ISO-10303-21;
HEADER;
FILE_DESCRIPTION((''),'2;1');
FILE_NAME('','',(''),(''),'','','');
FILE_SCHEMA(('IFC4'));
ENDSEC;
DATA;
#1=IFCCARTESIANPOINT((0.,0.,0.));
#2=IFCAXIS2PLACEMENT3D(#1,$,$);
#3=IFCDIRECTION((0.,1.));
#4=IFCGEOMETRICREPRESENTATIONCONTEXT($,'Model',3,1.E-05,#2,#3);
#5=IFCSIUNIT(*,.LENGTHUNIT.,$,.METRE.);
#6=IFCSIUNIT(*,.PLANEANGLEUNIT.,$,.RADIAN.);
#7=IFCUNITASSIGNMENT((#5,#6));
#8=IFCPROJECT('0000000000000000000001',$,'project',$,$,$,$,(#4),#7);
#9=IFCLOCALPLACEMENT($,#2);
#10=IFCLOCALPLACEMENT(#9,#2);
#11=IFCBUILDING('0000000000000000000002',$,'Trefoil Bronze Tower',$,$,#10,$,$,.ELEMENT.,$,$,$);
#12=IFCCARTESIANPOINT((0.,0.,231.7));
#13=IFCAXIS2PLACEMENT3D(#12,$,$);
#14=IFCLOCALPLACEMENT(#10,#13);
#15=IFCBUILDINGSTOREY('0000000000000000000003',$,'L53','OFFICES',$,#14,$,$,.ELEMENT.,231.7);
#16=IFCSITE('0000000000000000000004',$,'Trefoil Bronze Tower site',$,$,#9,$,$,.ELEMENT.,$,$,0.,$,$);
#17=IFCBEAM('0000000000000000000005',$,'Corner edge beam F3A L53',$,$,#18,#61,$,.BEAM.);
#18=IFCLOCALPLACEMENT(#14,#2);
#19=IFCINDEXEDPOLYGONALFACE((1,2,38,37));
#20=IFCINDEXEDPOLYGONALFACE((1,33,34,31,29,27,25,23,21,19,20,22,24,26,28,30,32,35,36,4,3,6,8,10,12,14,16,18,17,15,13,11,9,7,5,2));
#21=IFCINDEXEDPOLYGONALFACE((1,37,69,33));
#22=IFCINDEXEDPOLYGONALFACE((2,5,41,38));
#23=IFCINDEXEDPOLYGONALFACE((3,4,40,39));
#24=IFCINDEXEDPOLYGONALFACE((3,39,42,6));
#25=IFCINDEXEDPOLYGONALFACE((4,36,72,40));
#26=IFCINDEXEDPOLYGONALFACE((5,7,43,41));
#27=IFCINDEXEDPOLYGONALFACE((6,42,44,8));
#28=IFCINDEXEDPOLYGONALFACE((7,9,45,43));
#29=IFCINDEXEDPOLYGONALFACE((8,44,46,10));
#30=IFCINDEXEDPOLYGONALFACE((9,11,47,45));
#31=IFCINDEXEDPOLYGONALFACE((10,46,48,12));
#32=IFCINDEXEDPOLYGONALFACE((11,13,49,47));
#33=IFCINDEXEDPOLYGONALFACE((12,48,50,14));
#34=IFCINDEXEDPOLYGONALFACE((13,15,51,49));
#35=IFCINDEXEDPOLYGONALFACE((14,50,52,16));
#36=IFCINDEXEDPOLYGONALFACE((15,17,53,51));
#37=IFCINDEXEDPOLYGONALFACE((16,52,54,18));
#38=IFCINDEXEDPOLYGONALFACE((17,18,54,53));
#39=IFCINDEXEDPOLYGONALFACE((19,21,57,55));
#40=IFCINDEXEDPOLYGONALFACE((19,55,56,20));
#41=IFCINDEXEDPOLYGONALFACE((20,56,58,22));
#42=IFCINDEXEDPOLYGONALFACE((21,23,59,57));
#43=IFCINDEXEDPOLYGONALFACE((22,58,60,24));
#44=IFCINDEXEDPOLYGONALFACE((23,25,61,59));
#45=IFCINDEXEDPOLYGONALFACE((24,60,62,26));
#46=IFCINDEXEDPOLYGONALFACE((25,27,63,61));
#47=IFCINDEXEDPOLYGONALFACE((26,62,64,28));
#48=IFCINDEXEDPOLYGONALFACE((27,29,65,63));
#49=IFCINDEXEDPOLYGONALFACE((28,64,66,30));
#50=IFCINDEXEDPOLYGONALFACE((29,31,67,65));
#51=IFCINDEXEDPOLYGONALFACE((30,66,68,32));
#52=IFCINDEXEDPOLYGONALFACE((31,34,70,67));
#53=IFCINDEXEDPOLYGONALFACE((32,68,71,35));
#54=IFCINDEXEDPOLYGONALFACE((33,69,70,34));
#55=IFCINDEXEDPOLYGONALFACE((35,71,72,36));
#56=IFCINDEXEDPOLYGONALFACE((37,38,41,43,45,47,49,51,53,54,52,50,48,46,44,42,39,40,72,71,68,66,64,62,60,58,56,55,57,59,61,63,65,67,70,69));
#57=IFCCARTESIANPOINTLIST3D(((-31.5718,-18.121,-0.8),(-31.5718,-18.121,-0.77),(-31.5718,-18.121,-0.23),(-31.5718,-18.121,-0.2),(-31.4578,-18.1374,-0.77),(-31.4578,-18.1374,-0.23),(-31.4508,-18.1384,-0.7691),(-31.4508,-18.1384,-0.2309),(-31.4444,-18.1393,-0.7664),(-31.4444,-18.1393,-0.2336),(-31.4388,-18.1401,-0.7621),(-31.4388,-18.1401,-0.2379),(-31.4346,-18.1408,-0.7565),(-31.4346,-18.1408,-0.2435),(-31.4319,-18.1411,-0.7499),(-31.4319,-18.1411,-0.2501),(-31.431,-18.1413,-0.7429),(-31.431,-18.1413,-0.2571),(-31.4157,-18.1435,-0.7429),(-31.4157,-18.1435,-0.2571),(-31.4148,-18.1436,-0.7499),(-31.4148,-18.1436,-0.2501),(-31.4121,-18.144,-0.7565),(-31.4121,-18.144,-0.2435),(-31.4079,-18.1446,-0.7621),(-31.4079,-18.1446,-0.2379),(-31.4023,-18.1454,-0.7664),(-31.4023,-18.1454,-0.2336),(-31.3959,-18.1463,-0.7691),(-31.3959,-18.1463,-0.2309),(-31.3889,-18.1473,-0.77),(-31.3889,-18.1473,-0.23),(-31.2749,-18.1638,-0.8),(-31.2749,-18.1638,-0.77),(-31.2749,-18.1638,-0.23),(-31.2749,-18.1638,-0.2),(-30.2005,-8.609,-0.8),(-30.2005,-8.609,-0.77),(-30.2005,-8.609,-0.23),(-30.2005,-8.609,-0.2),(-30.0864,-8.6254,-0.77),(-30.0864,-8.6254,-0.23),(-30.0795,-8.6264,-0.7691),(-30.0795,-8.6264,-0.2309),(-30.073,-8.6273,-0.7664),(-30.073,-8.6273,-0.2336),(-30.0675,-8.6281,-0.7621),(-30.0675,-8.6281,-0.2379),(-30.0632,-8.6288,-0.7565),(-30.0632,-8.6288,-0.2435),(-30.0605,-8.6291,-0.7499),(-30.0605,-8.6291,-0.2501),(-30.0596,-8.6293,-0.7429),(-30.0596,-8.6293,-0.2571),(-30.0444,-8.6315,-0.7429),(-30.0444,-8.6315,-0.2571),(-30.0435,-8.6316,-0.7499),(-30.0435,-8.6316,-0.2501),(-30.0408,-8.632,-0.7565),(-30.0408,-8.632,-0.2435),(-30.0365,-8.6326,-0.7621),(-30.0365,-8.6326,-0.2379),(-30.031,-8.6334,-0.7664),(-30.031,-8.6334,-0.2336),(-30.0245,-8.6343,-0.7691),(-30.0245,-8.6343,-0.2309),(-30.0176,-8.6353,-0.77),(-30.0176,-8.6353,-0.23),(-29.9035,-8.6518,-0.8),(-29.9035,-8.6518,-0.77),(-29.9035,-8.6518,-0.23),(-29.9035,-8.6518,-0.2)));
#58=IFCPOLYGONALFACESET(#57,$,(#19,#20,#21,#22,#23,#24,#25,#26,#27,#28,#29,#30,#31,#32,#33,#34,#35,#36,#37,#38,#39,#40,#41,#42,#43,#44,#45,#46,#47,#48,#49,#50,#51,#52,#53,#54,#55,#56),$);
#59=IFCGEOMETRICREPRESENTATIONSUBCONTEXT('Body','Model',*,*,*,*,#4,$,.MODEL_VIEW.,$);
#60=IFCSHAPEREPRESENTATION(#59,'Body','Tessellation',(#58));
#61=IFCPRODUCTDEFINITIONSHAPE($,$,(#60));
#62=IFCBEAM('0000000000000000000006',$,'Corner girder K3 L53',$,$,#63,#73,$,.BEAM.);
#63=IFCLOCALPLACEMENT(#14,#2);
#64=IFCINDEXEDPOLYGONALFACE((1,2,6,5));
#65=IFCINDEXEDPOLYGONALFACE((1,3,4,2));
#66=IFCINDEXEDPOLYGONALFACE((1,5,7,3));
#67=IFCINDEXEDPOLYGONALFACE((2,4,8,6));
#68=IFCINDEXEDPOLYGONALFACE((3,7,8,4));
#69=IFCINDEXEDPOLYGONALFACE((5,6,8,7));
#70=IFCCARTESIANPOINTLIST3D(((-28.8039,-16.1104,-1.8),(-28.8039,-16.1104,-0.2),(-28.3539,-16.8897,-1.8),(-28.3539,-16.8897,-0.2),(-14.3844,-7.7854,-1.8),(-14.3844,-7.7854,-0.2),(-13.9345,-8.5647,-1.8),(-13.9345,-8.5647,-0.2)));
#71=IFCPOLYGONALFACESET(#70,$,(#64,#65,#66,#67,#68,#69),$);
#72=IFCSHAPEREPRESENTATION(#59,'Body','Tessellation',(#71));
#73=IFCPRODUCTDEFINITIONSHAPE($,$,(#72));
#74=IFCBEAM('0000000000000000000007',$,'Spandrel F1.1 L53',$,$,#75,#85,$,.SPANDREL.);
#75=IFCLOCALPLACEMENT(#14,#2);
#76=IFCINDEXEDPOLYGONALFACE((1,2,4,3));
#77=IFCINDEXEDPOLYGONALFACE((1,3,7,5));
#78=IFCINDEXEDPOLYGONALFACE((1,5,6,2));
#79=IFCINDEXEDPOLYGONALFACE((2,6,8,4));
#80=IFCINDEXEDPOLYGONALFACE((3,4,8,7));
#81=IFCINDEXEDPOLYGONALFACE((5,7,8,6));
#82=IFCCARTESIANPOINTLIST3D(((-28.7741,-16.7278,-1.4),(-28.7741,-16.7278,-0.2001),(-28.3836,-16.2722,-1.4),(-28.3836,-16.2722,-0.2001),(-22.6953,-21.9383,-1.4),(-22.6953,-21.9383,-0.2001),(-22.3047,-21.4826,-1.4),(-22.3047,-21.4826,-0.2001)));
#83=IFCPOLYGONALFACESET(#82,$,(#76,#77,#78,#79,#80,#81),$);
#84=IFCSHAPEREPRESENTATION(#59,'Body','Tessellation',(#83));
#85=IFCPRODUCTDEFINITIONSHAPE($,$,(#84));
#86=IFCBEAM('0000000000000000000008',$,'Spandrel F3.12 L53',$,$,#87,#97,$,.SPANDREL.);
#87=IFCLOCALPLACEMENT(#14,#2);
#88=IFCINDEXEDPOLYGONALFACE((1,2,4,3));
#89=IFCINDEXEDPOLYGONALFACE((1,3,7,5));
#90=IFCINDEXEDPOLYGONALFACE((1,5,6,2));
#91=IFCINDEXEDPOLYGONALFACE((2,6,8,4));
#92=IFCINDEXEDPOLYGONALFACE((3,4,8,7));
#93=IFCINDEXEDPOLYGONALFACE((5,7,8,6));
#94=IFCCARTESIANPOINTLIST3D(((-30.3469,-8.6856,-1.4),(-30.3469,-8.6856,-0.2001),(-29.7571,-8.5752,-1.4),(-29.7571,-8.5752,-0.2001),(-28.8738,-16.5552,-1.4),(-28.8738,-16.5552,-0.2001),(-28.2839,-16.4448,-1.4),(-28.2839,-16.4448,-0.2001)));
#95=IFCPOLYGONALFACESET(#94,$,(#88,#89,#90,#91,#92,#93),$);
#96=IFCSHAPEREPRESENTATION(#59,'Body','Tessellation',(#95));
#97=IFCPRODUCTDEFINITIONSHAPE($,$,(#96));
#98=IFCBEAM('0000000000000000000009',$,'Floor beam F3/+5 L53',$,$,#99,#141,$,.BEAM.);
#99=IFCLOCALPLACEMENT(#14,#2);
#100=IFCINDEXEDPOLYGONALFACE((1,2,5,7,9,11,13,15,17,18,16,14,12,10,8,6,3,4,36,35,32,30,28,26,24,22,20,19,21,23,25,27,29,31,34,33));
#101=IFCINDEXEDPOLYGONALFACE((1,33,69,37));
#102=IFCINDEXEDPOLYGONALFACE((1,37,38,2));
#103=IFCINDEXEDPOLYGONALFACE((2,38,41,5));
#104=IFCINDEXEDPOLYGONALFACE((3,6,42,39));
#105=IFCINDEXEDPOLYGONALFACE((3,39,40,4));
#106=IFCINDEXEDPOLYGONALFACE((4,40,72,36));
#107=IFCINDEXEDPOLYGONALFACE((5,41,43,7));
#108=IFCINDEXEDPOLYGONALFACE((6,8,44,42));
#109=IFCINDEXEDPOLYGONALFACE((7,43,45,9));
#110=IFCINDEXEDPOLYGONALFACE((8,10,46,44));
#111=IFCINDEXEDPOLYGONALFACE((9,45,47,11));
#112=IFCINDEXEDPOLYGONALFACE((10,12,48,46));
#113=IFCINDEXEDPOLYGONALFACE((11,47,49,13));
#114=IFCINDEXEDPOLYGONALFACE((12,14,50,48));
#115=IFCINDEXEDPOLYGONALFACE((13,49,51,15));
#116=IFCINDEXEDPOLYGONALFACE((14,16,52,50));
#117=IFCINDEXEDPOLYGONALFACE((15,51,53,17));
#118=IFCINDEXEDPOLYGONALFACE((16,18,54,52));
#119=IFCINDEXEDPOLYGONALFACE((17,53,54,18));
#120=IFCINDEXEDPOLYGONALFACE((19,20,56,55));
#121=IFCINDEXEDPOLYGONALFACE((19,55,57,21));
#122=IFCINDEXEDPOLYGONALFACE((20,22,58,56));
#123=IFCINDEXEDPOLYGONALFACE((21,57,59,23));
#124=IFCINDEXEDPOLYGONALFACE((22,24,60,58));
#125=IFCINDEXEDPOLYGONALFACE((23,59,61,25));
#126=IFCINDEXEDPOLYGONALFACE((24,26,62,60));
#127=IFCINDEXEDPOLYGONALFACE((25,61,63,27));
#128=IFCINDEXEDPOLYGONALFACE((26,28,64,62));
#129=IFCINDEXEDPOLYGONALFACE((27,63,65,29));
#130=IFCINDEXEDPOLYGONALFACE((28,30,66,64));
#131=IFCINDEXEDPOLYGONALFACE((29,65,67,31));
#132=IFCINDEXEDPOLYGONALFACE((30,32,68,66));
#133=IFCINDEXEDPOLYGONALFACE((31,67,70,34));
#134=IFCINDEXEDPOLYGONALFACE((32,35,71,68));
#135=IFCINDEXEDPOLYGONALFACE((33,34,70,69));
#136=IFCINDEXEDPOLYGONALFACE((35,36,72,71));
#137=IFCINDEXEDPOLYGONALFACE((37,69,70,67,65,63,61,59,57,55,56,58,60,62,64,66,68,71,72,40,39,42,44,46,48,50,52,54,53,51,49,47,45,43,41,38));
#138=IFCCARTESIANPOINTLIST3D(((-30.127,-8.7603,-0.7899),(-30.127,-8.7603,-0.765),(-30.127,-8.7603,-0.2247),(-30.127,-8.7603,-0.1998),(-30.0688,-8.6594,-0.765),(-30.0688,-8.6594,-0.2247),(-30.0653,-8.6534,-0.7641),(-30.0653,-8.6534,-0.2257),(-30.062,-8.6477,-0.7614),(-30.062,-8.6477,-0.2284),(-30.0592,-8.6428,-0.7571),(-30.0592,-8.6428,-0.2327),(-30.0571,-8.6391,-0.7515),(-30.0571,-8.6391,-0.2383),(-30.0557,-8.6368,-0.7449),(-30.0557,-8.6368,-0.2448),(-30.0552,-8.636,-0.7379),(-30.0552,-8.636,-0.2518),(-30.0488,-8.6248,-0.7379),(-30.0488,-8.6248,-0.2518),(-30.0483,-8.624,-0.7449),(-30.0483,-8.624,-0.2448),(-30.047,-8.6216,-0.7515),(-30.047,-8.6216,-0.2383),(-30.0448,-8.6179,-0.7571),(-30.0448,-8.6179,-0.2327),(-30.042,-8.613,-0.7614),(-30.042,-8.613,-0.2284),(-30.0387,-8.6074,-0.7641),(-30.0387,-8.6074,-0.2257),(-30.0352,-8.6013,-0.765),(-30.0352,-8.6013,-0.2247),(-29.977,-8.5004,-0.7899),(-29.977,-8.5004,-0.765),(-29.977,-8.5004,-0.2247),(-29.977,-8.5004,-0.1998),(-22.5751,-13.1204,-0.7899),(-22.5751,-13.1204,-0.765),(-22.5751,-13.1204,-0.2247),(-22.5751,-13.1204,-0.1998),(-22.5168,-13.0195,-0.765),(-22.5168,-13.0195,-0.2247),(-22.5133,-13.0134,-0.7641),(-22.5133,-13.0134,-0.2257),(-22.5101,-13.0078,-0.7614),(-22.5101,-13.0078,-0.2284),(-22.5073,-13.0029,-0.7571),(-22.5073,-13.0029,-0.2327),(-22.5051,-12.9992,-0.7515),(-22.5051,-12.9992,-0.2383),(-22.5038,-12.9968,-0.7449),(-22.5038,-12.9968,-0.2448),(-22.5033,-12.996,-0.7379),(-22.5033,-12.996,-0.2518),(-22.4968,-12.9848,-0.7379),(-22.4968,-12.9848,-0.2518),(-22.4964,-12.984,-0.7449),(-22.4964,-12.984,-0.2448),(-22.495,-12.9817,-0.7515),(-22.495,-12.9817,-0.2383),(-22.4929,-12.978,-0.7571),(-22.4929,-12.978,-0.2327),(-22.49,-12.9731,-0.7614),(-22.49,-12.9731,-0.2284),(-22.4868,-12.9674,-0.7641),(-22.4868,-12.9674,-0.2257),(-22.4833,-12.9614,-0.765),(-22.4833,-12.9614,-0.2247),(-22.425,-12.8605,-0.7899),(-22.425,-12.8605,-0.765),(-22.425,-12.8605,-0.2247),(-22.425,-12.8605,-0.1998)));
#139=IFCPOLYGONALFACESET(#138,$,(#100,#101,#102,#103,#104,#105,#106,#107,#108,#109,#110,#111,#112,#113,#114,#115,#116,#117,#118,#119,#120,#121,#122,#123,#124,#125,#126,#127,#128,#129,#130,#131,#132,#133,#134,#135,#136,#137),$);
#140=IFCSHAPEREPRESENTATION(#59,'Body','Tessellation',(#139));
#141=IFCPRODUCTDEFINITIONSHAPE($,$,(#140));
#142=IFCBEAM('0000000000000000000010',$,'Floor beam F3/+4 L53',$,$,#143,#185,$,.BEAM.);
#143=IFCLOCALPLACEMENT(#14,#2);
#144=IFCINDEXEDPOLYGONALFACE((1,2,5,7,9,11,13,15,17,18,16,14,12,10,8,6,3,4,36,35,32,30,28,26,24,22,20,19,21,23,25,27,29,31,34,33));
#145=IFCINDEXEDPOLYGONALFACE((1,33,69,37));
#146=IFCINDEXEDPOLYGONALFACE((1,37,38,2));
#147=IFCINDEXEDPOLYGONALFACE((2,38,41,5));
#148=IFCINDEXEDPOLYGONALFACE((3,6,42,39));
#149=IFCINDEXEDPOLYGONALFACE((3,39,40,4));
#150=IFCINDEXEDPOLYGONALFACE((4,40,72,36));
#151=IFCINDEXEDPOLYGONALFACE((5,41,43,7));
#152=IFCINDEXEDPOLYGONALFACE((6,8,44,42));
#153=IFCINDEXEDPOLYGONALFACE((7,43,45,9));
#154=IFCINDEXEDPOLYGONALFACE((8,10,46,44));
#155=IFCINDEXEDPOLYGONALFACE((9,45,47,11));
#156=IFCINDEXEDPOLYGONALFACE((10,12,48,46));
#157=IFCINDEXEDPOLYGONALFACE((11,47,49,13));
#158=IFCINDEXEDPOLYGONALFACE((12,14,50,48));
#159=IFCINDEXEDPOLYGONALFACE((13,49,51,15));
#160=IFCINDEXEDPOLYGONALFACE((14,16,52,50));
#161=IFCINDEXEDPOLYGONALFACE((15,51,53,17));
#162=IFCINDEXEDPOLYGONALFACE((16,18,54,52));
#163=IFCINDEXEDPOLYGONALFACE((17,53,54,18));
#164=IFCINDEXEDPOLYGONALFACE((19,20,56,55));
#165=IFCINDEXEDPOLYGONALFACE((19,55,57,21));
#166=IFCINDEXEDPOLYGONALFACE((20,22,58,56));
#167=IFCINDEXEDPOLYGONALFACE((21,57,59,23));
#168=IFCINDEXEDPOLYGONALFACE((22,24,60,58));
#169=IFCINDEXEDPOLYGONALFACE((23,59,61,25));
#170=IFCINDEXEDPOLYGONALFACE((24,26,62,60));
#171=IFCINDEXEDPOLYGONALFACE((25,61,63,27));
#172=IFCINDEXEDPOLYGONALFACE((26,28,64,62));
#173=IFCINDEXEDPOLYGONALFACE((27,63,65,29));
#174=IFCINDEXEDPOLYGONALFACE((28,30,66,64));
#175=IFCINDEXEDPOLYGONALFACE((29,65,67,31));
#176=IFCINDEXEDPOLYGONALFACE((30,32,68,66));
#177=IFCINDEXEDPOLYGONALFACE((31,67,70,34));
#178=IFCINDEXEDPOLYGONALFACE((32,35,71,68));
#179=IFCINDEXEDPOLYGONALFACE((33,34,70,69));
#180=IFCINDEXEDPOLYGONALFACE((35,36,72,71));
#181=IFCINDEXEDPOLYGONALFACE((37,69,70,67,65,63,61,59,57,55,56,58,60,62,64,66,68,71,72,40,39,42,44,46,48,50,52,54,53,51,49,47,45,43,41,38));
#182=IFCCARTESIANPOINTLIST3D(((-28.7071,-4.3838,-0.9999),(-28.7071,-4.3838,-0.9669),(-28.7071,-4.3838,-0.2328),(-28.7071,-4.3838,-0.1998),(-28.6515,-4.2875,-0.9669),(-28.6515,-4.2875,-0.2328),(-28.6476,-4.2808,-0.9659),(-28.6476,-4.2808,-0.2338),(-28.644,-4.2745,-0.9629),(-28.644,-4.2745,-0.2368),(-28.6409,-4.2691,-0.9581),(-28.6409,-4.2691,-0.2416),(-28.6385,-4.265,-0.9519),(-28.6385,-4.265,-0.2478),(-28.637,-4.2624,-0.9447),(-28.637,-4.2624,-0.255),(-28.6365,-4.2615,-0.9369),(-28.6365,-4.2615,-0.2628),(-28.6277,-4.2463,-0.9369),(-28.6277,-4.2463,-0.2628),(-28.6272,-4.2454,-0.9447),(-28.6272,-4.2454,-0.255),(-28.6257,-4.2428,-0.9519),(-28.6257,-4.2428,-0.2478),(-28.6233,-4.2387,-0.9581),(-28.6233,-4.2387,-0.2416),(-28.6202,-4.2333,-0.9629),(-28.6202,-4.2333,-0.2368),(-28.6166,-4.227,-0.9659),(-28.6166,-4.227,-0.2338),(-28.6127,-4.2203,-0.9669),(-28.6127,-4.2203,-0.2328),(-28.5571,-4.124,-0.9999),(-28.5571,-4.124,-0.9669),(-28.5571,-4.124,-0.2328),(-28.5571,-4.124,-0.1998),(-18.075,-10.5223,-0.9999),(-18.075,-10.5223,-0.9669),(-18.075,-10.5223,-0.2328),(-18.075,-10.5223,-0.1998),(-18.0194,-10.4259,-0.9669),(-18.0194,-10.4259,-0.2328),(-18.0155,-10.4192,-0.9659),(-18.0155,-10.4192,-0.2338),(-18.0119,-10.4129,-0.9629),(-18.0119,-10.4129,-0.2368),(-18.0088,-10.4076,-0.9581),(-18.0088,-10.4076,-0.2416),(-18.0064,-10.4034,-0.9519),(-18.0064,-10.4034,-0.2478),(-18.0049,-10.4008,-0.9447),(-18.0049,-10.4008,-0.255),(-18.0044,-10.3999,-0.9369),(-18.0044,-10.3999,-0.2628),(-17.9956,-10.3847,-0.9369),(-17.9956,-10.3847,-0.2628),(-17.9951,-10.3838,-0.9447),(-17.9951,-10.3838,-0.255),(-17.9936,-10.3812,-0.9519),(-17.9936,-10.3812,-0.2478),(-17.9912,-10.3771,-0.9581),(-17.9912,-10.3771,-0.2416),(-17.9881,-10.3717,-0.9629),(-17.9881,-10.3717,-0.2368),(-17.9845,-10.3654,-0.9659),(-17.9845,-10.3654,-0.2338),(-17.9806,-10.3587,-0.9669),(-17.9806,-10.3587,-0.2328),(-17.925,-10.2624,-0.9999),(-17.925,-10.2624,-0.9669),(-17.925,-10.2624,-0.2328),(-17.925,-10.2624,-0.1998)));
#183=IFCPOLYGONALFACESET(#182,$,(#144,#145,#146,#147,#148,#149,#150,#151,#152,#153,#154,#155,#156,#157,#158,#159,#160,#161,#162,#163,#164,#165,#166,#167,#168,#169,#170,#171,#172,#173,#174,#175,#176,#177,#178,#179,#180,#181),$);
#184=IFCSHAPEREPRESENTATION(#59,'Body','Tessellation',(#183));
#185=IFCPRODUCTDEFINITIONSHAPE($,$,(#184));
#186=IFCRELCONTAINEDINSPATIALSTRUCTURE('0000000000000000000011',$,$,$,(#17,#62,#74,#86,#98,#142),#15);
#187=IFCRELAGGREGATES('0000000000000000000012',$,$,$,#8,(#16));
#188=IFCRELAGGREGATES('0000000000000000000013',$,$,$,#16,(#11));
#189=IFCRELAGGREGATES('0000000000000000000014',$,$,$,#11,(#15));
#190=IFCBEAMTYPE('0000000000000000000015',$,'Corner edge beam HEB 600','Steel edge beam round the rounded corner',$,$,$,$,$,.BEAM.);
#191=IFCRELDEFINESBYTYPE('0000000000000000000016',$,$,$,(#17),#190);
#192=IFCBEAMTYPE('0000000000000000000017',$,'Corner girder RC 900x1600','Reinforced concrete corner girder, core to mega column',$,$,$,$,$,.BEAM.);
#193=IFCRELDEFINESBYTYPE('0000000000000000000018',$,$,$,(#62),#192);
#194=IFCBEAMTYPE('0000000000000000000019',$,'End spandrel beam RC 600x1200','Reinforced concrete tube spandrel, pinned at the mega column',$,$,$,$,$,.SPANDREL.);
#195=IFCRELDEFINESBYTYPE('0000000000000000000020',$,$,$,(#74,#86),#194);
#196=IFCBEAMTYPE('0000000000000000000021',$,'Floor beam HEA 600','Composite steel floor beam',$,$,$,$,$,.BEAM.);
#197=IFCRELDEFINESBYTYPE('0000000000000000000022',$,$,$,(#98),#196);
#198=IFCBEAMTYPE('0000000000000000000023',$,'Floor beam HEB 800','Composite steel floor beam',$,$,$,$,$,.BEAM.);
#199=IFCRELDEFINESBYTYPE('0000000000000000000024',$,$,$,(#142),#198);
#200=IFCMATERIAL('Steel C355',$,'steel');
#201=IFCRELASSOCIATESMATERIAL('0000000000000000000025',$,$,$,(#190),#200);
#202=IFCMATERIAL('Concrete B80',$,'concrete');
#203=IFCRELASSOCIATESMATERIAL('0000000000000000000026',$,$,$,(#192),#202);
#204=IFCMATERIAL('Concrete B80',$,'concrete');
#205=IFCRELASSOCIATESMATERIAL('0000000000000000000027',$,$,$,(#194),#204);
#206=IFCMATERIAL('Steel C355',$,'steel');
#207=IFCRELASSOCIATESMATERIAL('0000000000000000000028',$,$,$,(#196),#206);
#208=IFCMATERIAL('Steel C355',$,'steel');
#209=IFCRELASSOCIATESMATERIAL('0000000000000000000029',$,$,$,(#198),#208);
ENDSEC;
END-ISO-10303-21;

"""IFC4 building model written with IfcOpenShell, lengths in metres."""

from ifc_helpers import new_model, si_unit, direction, frame, origin, origin_2d, place, context, subcontext, project, spatial, rectangle, i_section, extrude, material, material_profile, profile_set, type_object, element, save


model = new_model("IFC4")

# Units and contexts
model_context = context("Model", 3, precision=1e-05, world=origin(), true_north=direction((0.0, 1.0)))
body_context = subcontext(model_context, "Body", "Model", "MODEL_VIEW")
ifc_project = project(units=[si_unit("LENGTHUNIT", "METRE"), si_unit("PLANEANGLEUNIT", "RADIAN")], contexts=[model_context])

# Site, building, storey
site_placement = place(None, origin())
site = spatial("IfcSite", under=ifc_project, at=site_placement, Name="Trefoil Bronze Tower site", CompositionType="ELEMENT", RefElevation=0.0)
building_placement = place(site_placement, origin())
building = spatial("IfcBuilding", under=site, at=building_placement, Name="Trefoil Bronze Tower", CompositionType="ELEMENT")
storey_placement = place(building_placement, frame((0.0, 0.0, 231.7)))
storey = spatial("IfcBuildingStorey", under=building, at=storey_placement, Name="L53", Description="OFFICES", CompositionType="ELEMENT", Elevation=231.7)

# Beams
ifc_material_1 = material(Name="Steel C355", Category="steel")
ifc_material_profile_1 = material_profile(ifc_material_1, i_section(OverallWidth=0.3, OverallDepth=0.6001, WebThickness=0.0154, FlangeThickness=0.03, FilletRadius=0.0271, at=origin_2d()), Name="HEB 600")
ifc_profile_set_1 = profile_set([ifc_material_profile_1], Name="Steel C355")
beam_type_1 = type_object("IfcBeamType", Name="Corner edge beam HEB 600", Description="Steel edge beam round the rounded corner", PredefinedType="BEAM", material=ifc_profile_set_1)
beam_1_placement = place(storey_placement, frame((-30.052, -8.6304, -0.5), z_axis=(-0.142694, -0.989767, 0.0), x_axis=(0.989767, -0.142694, 0.0)))
element("IfcBeam", 1, at=beam_1_placement, inside=storey, type_object=beam_type_1, Name="Corner edge beam F3A L53", PredefinedType="BEAM", context=body_context, shape_type="SweptSolid", body=[
    extrude(i_section(OverallWidth=0.3, OverallDepth=0.6001, WebThickness=0.0154, FlangeThickness=0.03, FilletRadius=0.0271, at=origin_2d()), origin(), (0.0, 0.0, 1.0), 9.6104),
])
ifc_material_2 = material(Name="Concrete B80", Category="concrete")
ifc_material_profile_2 = material_profile(ifc_material_2, rectangle(XDim=0.8999, YDim=1.6001, at=origin_2d()), Name="RC 900x1600")
ifc_profile_set_2 = profile_set([ifc_material_profile_2], Name="Concrete B80")
beam_type_2 = type_object("IfcBeamType", Name="Corner girder RC 900x1600", Description="Reinforced concrete corner girder, core to mega column", PredefinedType="BEAM", material=ifc_profile_set_2)
beam_2_placement = place(storey_placement, frame((-14.1594, -8.175, -1.0), z_axis=(-0.866028, -0.499995, 0.0), x_axis=(0.499995, -0.866028, 0.0)))
element("IfcBeam", 2, at=beam_2_placement, inside=storey, type_object=beam_type_2, Name="Corner girder K3 L53", PredefinedType="BEAM", context=body_context, shape_type="SweptSolid", body=[
    extrude(rectangle(XDim=0.8999, YDim=1.6001, at=origin_2d()), origin(), (0.0, 0.0, 1.0), 16.6501),
])
ifc_material_3 = material(Name="Concrete B80", Category="concrete")
ifc_material_profile_3 = material_profile(ifc_material_3, rectangle(XDim=0.6001, YDim=1.2, at=origin_2d()), Name="RC 600x1200")
ifc_profile_set_3 = profile_set([ifc_material_profile_3], Name="Concrete B80")
beam_type_3 = type_object("IfcBeamType", Name="End spandrel beam RC 600x1200", Description="Reinforced concrete tube spandrel, pinned at the mega column", PredefinedType="SPANDREL", material=ifc_profile_set_3)
for number, where, z_axis, x_axis, name in (
    (3, (-28.5789, -16.5, -0.8), (0.759257, -0.650791, 0.0), (0.650791, 0.759257, 0.0), "Spandrel F1.1 L53"),
    (4, (-30.052, -8.6304, -0.8), (0.183998, -0.982927, 0.0), (0.982927, 0.183998, 0.0), "Spandrel F3.12 L53"),
):
    element("IfcBeam", number, at=place(storey_placement, frame(where, z_axis=z_axis, x_axis=x_axis)), inside=storey, type_object=beam_type_3, Name=name, PredefinedType="SPANDREL", context=body_context, shape_type="SweptSolid", body=[
        extrude(rectangle(XDim=0.6001, YDim=1.2, at=origin_2d()), origin(), (0.0, 0.0, 1.0), 8.0063),
    ])
ifc_material_4 = material(Name="Steel C355", Category="steel")
ifc_material_profile_4 = material_profile(ifc_material_4, i_section(OverallWidth=0.3, OverallDepth=0.5901, WebThickness=0.0129, FlangeThickness=0.0249, FilletRadius=0.0271, at=origin_2d()), Name="HEA 600")
ifc_profile_set_4 = profile_set([ifc_material_profile_4], Name="Steel C355")
beam_type_4 = type_object("IfcBeamType", Name="Floor beam HEA 600", Description="Composite steel floor beam", PredefinedType="BEAM", material=ifc_profile_set_4)
beam_3_placement = place(storey_placement, frame((-30.052, -8.6304, -0.4949), z_axis=(0.866028, -0.499996, 0.0), x_axis=(0.499996, 0.866028, 0.0)))
element("IfcBeam", 5, at=beam_3_placement, inside=storey, type_object=beam_type_4, Name="Floor beam F3/+5 L53", PredefinedType="BEAM", context=body_context, shape_type="SweptSolid", body=[
    extrude(i_section(OverallWidth=0.3, OverallDepth=0.5901, WebThickness=0.0129, FlangeThickness=0.0249, FilletRadius=0.0271, at=origin_2d()), origin(), (0.0, 0.0, 1.0), 8.7202),
])
ifc_material_5 = material(Name="Steel C355", Category="steel")
ifc_material_profile_5 = material_profile(ifc_material_5, i_section(OverallWidth=0.3, OverallDepth=0.8, WebThickness=0.0176, FlangeThickness=0.033, FilletRadius=0.03, at=origin_2d()), Name="HEB 800")
ifc_profile_set_5 = profile_set([ifc_material_profile_5], Name="Steel C355")
beam_type_5 = type_object("IfcBeamType", Name="Floor beam HEB 800", Description="Composite steel floor beam", PredefinedType="BEAM", material=ifc_profile_set_5)
beam_4_placement = place(storey_placement, frame((-28.6321, -4.2539, -0.5999), z_axis=(0.866026, -0.5, 0.0), x_axis=(0.5, 0.866026, 0.0)))
element("IfcBeam", 6, at=beam_4_placement, inside=storey, type_object=beam_type_5, Name="Floor beam F3/+4 L53", PredefinedType="BEAM", context=body_context, shape_type="SweptSolid", body=[
    extrude(i_section(OverallWidth=0.3, OverallDepth=0.8, WebThickness=0.0176, FlangeThickness=0.033, FilletRadius=0.03, at=origin_2d()), origin(), (0.0, 0.0, 1.0), 12.2769),
])

save(model, "model.ifc")
